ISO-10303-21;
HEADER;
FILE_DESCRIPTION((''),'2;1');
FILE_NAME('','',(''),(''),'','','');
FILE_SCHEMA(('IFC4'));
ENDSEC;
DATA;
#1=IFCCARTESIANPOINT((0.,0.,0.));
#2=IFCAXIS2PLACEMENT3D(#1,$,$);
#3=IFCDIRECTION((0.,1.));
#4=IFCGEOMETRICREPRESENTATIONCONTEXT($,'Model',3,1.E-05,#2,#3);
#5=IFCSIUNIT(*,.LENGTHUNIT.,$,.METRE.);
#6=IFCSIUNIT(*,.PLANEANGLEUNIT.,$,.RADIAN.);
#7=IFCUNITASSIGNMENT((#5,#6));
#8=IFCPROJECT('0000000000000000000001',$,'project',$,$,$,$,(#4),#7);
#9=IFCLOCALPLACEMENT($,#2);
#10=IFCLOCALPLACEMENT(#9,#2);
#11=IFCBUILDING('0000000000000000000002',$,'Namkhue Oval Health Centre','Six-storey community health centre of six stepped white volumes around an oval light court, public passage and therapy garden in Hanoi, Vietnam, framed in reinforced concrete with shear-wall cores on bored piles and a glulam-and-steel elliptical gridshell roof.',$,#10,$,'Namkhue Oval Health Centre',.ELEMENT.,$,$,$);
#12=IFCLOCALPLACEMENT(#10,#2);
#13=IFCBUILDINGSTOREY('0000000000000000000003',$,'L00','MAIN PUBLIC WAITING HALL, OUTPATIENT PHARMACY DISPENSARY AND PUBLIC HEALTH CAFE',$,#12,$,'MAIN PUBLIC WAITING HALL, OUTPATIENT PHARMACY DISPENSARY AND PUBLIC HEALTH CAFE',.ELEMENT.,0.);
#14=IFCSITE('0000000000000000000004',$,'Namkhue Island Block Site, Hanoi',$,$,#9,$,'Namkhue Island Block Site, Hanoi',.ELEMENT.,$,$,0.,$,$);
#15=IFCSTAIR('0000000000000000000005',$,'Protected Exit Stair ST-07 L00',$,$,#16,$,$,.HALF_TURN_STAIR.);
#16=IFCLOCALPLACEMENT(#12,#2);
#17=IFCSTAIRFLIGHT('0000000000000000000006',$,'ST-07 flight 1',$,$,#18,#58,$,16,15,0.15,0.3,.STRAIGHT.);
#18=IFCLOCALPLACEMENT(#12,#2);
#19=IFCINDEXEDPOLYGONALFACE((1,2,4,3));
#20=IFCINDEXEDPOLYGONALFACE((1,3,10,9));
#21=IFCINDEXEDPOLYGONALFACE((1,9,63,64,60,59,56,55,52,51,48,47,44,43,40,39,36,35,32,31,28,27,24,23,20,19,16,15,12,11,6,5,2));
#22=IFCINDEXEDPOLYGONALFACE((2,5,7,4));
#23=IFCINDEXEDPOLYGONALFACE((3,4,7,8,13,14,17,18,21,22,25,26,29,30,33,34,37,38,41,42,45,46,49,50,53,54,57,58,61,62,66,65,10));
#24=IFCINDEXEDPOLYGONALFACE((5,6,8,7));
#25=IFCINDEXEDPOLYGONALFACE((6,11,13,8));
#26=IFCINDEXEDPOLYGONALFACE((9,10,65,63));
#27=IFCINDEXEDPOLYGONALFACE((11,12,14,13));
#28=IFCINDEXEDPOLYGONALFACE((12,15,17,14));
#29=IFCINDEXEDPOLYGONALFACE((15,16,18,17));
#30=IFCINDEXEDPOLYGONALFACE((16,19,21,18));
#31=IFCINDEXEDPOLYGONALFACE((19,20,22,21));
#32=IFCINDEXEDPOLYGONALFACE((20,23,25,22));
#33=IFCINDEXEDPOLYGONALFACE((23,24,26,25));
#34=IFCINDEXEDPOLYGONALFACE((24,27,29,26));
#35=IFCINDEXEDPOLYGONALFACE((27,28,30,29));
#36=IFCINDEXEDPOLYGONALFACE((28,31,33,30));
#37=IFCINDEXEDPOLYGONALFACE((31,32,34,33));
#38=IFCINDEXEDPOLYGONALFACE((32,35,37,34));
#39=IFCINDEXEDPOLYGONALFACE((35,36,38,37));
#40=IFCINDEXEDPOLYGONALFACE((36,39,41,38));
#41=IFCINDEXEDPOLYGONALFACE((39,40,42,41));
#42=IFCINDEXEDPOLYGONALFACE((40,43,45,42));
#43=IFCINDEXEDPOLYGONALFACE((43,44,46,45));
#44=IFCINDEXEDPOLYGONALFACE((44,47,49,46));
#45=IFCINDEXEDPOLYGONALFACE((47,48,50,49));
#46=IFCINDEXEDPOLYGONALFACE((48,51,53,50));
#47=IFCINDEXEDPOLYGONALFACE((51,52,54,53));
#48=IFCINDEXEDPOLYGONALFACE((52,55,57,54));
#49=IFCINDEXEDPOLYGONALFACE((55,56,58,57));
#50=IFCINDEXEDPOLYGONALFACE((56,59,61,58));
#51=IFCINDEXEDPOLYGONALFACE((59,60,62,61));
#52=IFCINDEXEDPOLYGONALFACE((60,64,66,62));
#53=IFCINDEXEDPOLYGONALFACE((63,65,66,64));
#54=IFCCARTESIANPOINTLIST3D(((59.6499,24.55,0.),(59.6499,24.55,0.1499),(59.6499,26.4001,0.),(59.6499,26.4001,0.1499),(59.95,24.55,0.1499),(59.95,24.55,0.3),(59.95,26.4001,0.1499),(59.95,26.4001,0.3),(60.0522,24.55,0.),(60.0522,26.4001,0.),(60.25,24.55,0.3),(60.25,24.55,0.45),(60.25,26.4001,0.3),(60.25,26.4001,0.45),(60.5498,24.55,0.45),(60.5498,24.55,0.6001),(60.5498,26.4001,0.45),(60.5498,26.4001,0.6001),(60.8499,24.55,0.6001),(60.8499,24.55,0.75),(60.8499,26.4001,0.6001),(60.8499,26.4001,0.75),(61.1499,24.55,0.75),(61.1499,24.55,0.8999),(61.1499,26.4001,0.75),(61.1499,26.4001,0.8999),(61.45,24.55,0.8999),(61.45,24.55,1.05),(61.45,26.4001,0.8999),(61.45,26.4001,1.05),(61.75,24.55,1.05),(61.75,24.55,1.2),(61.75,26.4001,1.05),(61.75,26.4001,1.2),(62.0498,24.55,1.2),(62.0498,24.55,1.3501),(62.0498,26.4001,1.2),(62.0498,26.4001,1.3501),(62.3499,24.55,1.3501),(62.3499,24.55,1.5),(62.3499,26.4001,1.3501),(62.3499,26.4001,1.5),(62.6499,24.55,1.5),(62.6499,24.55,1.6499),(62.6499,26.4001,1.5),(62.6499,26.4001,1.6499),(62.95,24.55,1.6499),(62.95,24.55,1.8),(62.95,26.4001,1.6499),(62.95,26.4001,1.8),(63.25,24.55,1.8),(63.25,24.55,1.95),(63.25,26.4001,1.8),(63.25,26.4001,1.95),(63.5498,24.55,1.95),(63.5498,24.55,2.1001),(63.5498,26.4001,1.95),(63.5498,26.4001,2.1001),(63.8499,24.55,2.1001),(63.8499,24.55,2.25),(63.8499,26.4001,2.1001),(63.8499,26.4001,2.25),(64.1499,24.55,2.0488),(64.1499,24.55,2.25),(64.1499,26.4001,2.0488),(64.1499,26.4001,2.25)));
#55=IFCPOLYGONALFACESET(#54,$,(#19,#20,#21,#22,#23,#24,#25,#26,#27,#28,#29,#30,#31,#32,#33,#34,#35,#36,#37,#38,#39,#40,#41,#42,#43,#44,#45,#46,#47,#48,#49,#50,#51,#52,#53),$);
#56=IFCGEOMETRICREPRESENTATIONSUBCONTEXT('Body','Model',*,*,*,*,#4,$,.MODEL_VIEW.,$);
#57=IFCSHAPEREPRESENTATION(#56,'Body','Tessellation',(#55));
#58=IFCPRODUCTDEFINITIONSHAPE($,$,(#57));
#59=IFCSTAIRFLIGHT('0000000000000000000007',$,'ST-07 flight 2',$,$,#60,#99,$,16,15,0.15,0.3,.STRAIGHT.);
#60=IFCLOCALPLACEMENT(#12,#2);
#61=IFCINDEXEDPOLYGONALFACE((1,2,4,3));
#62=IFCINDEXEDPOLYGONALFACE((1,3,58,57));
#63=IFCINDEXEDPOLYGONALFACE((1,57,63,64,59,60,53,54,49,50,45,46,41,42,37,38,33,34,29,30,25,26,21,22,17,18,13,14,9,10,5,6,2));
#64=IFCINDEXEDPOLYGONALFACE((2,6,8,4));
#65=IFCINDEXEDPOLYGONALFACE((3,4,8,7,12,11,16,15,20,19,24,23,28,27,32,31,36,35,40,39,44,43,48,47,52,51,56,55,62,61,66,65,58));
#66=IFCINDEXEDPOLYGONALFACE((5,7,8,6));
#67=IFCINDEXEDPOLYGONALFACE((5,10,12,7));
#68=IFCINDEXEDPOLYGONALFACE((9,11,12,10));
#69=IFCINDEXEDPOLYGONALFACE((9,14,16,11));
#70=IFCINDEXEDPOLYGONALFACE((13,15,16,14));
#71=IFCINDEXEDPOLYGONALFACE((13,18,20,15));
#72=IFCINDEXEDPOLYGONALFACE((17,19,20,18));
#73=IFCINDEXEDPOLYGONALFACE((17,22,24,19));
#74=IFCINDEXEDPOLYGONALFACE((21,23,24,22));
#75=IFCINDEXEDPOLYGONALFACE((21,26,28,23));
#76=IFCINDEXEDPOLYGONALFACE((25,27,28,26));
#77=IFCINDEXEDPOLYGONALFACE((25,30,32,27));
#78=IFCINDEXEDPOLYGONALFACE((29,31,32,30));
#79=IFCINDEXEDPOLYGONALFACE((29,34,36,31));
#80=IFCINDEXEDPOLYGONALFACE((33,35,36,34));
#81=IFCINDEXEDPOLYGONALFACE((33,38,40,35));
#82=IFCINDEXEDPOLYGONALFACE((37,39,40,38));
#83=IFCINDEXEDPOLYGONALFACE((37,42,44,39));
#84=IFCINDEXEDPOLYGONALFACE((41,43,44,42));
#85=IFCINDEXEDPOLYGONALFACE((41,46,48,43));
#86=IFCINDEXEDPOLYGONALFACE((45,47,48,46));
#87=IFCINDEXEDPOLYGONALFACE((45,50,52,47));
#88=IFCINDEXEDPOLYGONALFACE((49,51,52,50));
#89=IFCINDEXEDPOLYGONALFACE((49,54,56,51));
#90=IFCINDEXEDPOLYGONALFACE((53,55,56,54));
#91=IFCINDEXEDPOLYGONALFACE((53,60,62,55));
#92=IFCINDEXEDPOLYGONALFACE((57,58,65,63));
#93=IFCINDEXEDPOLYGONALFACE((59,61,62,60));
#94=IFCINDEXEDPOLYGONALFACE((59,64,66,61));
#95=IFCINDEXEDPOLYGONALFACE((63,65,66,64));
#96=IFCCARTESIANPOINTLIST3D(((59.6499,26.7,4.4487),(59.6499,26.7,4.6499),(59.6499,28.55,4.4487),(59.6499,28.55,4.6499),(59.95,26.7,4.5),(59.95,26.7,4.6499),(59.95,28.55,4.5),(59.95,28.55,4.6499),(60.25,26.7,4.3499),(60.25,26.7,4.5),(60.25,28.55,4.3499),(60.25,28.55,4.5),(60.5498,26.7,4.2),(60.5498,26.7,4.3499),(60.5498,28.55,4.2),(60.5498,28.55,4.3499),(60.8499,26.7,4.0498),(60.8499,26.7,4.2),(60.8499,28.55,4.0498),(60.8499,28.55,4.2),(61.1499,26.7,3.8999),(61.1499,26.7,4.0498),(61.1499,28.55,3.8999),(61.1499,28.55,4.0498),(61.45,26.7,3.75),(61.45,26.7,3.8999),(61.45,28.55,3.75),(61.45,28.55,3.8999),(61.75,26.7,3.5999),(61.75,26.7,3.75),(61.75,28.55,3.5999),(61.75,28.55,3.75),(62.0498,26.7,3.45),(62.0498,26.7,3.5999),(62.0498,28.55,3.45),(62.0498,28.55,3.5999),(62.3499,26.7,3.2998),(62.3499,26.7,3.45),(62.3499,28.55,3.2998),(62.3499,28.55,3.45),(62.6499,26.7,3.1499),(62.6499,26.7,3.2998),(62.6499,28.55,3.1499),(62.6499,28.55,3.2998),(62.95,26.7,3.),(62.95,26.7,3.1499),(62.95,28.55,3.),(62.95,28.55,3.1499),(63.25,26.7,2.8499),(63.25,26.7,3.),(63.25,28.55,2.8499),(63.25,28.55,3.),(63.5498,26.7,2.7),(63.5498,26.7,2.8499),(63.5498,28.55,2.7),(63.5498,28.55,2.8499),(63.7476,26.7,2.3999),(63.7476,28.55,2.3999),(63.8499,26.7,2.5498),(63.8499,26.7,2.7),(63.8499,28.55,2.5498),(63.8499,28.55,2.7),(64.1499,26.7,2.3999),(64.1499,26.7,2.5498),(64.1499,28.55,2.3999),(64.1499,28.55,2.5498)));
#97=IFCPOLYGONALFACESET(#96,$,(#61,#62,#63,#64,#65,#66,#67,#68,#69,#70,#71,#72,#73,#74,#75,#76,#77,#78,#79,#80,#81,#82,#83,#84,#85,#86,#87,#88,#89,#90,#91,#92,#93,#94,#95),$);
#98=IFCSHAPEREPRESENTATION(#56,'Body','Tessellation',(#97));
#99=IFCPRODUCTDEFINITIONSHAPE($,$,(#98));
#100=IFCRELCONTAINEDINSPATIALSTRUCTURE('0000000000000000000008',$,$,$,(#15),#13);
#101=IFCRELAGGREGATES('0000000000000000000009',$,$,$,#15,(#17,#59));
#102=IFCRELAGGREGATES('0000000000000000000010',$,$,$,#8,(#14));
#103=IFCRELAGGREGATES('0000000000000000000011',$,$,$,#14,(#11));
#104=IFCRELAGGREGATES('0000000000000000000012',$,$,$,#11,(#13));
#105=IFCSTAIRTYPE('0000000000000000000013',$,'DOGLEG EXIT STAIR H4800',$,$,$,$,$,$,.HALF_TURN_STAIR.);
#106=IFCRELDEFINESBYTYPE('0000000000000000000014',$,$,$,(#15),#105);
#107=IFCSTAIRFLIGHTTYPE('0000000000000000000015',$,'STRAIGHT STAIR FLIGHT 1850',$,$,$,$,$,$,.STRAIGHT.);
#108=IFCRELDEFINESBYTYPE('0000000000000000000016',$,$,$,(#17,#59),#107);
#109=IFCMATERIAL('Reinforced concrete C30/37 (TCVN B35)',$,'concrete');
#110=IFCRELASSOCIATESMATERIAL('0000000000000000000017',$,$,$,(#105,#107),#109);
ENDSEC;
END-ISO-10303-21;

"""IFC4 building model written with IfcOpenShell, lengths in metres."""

from ifc_helpers import new_model, si_unit, direction, frame, origin, place, context, subcontext, project, spatial, polyline, outline, extrude, material, type_object, element, aggregate, save


model = new_model("IFC4")

# Units and contexts
model_context = context("Model", 3, precision=1e-05, world=origin(), true_north=direction((0.0, 1.0)))
body_context = subcontext(model_context, "Body", "Model", "MODEL_VIEW")
ifc_project = project(units=[si_unit("LENGTHUNIT", "METRE"), si_unit("PLANEANGLEUNIT", "RADIAN")], contexts=[model_context])

# Site, building, storey
site_placement = place(None, origin())
site = spatial("IfcSite", under=ifc_project, at=site_placement, Name="Namkhue Island Block Site, Hanoi", LongName="Namkhue Island Block Site, Hanoi", CompositionType="ELEMENT", RefElevation=0.0)
building_placement = place(site_placement, origin())
building = spatial("IfcBuilding", under=site, at=building_placement, Name="Namkhue Oval Health Centre", Description="Six-storey community health centre of six stepped white volumes around an oval light court, public passage and therapy garden in Hanoi, Vietnam, framed in reinforced concrete with shear-wall cores on bored piles and a glulam-and-steel elliptical gridshell roof.", LongName="Namkhue Oval Health Centre", CompositionType="ELEMENT")
storey_placement = place(building_placement, origin())
storey = spatial("IfcBuildingStorey", under=building, at=storey_placement, Name="L00", Description="MAIN PUBLIC WAITING HALL, OUTPATIENT PHARMACY DISPENSARY AND PUBLIC HEALTH CAFE", LongName="MAIN PUBLIC WAITING HALL, OUTPATIENT PHARMACY DISPENSARY AND PUBLIC HEALTH CAFE", CompositionType="ELEMENT", Elevation=0.0)

# Shared definitions
ifc_material_1 = material(Name="Reinforced concrete C30/37 (TCVN B35)", Category="concrete")

# Stair, stair flights
stair_type = type_object("IfcStairType", Name="DOGLEG EXIT STAIR H4800", PredefinedType="HALF_TURN_STAIR", material=ifc_material_1)
stair_placement = place(storey_placement, origin())
stair = element("IfcStair", 1, at=stair_placement, inside=storey, type_object=stair_type, Name="Protected Exit Stair ST-07 L00", PredefinedType="HALF_TURN_STAIR")
stair_flight_type = type_object("IfcStairFlightType", Name="STRAIGHT STAIR FLIGHT 1850", PredefinedType="STRAIGHT", material=ifc_material_1)
stair_flight_1_placement = place(storey_placement, frame((59.6499, 25.4751, 0.0), z_axis=(0.0, 0.0, 1.0), x_axis=(1.0, 0.0, 0.0)))
stair_flight_1 = element("IfcStairFlight", 2, at=stair_flight_1_placement, type_object=stair_flight_type, Name="ST-07 flight 1", NumberOfRisers=16, NumberOfTreads=15, PredefinedType="STRAIGHT", RiserHeight=0.15, TreadLength=0.3, context=body_context, shape_type="SweptSolid", body=[
    extrude(outline(polyline([(0.0, 0.0), (0.0, 0.1499), (0.3, 0.1499), (0.3, 0.3), (0.6001, 0.3), (0.6001, 0.45), (0.8999, 0.45), (0.8999, 0.6001), (1.2, 0.6001), (1.2, 0.75), (1.5, 0.75), (1.5, 0.8999), (1.8, 0.8999), (1.8, 1.05), (2.1001, 1.05), (2.1001, 1.2), (2.3999, 1.2), (2.3999, 1.3501), (2.7, 1.3501), (2.7, 1.5), (3.0, 1.5), (3.0, 1.6499), (3.3, 1.6499), (3.3, 1.8), (3.6001, 1.8), (3.6001, 1.95), (3.8999, 1.95), (3.8999, 2.1001), (4.2, 2.1001), (4.2, 2.25), (4.5, 2.25), (4.5, 2.3999), (4.5, 2.0488), (0.4023, 0.0), (0.0, 0.0)])), frame((0.0, 0.925, 0.0), z_axis=(0.0, -1.0, 0.0), x_axis=(1.0, 0.0, 0.0)), (0.0, 0.0, 1.0), 1.8501),
])
stair_flight_2_placement = place(storey_placement, frame((64.1499, 27.625, 2.3999), z_axis=(0.0, 0.0, 1.0), x_axis=(-1.0, 0.0, 0.0)))
stair_flight_2 = element("IfcStairFlight", 3, at=stair_flight_2_placement, type_object=stair_flight_type, Name="ST-07 flight 2", NumberOfRisers=16, NumberOfTreads=15, PredefinedType="STRAIGHT", RiserHeight=0.15, TreadLength=0.3, context=body_context, shape_type="SweptSolid", body=[
    extrude(outline(polyline([(0.0, 0.0), (0.0, 0.1499), (0.3, 0.1499), (0.3, 0.3), (0.6001, 0.3), (0.6001, 0.45), (0.8999, 0.45), (0.8999, 0.6001), (1.2, 0.6001), (1.2, 0.75), (1.5, 0.75), (1.5, 0.8999), (1.8, 0.8999), (1.8, 1.05), (2.1001, 1.05), (2.1001, 1.2), (2.3999, 1.2), (2.3999, 1.3501), (2.7, 1.3501), (2.7, 1.5), (3.0, 1.5), (3.0, 1.6499), (3.3, 1.6499), (3.3, 1.8), (3.6001, 1.8), (3.6001, 1.95), (3.8999, 1.95), (3.8999, 2.1001), (4.2, 2.1001), (4.2, 2.25), (4.5, 2.25), (4.5, 2.3999), (4.5, 2.0488), (0.4023, 0.0), (0.0, 0.0)])), frame((0.0, 0.925, 0.0), z_axis=(0.0, -1.0, 0.0), x_axis=(1.0, 0.0, 0.0)), (0.0, 0.0, 1.0), 1.8501),
])
aggregate(stair, [stair_flight_1, stair_flight_2])

save(model, "model.ifc")
